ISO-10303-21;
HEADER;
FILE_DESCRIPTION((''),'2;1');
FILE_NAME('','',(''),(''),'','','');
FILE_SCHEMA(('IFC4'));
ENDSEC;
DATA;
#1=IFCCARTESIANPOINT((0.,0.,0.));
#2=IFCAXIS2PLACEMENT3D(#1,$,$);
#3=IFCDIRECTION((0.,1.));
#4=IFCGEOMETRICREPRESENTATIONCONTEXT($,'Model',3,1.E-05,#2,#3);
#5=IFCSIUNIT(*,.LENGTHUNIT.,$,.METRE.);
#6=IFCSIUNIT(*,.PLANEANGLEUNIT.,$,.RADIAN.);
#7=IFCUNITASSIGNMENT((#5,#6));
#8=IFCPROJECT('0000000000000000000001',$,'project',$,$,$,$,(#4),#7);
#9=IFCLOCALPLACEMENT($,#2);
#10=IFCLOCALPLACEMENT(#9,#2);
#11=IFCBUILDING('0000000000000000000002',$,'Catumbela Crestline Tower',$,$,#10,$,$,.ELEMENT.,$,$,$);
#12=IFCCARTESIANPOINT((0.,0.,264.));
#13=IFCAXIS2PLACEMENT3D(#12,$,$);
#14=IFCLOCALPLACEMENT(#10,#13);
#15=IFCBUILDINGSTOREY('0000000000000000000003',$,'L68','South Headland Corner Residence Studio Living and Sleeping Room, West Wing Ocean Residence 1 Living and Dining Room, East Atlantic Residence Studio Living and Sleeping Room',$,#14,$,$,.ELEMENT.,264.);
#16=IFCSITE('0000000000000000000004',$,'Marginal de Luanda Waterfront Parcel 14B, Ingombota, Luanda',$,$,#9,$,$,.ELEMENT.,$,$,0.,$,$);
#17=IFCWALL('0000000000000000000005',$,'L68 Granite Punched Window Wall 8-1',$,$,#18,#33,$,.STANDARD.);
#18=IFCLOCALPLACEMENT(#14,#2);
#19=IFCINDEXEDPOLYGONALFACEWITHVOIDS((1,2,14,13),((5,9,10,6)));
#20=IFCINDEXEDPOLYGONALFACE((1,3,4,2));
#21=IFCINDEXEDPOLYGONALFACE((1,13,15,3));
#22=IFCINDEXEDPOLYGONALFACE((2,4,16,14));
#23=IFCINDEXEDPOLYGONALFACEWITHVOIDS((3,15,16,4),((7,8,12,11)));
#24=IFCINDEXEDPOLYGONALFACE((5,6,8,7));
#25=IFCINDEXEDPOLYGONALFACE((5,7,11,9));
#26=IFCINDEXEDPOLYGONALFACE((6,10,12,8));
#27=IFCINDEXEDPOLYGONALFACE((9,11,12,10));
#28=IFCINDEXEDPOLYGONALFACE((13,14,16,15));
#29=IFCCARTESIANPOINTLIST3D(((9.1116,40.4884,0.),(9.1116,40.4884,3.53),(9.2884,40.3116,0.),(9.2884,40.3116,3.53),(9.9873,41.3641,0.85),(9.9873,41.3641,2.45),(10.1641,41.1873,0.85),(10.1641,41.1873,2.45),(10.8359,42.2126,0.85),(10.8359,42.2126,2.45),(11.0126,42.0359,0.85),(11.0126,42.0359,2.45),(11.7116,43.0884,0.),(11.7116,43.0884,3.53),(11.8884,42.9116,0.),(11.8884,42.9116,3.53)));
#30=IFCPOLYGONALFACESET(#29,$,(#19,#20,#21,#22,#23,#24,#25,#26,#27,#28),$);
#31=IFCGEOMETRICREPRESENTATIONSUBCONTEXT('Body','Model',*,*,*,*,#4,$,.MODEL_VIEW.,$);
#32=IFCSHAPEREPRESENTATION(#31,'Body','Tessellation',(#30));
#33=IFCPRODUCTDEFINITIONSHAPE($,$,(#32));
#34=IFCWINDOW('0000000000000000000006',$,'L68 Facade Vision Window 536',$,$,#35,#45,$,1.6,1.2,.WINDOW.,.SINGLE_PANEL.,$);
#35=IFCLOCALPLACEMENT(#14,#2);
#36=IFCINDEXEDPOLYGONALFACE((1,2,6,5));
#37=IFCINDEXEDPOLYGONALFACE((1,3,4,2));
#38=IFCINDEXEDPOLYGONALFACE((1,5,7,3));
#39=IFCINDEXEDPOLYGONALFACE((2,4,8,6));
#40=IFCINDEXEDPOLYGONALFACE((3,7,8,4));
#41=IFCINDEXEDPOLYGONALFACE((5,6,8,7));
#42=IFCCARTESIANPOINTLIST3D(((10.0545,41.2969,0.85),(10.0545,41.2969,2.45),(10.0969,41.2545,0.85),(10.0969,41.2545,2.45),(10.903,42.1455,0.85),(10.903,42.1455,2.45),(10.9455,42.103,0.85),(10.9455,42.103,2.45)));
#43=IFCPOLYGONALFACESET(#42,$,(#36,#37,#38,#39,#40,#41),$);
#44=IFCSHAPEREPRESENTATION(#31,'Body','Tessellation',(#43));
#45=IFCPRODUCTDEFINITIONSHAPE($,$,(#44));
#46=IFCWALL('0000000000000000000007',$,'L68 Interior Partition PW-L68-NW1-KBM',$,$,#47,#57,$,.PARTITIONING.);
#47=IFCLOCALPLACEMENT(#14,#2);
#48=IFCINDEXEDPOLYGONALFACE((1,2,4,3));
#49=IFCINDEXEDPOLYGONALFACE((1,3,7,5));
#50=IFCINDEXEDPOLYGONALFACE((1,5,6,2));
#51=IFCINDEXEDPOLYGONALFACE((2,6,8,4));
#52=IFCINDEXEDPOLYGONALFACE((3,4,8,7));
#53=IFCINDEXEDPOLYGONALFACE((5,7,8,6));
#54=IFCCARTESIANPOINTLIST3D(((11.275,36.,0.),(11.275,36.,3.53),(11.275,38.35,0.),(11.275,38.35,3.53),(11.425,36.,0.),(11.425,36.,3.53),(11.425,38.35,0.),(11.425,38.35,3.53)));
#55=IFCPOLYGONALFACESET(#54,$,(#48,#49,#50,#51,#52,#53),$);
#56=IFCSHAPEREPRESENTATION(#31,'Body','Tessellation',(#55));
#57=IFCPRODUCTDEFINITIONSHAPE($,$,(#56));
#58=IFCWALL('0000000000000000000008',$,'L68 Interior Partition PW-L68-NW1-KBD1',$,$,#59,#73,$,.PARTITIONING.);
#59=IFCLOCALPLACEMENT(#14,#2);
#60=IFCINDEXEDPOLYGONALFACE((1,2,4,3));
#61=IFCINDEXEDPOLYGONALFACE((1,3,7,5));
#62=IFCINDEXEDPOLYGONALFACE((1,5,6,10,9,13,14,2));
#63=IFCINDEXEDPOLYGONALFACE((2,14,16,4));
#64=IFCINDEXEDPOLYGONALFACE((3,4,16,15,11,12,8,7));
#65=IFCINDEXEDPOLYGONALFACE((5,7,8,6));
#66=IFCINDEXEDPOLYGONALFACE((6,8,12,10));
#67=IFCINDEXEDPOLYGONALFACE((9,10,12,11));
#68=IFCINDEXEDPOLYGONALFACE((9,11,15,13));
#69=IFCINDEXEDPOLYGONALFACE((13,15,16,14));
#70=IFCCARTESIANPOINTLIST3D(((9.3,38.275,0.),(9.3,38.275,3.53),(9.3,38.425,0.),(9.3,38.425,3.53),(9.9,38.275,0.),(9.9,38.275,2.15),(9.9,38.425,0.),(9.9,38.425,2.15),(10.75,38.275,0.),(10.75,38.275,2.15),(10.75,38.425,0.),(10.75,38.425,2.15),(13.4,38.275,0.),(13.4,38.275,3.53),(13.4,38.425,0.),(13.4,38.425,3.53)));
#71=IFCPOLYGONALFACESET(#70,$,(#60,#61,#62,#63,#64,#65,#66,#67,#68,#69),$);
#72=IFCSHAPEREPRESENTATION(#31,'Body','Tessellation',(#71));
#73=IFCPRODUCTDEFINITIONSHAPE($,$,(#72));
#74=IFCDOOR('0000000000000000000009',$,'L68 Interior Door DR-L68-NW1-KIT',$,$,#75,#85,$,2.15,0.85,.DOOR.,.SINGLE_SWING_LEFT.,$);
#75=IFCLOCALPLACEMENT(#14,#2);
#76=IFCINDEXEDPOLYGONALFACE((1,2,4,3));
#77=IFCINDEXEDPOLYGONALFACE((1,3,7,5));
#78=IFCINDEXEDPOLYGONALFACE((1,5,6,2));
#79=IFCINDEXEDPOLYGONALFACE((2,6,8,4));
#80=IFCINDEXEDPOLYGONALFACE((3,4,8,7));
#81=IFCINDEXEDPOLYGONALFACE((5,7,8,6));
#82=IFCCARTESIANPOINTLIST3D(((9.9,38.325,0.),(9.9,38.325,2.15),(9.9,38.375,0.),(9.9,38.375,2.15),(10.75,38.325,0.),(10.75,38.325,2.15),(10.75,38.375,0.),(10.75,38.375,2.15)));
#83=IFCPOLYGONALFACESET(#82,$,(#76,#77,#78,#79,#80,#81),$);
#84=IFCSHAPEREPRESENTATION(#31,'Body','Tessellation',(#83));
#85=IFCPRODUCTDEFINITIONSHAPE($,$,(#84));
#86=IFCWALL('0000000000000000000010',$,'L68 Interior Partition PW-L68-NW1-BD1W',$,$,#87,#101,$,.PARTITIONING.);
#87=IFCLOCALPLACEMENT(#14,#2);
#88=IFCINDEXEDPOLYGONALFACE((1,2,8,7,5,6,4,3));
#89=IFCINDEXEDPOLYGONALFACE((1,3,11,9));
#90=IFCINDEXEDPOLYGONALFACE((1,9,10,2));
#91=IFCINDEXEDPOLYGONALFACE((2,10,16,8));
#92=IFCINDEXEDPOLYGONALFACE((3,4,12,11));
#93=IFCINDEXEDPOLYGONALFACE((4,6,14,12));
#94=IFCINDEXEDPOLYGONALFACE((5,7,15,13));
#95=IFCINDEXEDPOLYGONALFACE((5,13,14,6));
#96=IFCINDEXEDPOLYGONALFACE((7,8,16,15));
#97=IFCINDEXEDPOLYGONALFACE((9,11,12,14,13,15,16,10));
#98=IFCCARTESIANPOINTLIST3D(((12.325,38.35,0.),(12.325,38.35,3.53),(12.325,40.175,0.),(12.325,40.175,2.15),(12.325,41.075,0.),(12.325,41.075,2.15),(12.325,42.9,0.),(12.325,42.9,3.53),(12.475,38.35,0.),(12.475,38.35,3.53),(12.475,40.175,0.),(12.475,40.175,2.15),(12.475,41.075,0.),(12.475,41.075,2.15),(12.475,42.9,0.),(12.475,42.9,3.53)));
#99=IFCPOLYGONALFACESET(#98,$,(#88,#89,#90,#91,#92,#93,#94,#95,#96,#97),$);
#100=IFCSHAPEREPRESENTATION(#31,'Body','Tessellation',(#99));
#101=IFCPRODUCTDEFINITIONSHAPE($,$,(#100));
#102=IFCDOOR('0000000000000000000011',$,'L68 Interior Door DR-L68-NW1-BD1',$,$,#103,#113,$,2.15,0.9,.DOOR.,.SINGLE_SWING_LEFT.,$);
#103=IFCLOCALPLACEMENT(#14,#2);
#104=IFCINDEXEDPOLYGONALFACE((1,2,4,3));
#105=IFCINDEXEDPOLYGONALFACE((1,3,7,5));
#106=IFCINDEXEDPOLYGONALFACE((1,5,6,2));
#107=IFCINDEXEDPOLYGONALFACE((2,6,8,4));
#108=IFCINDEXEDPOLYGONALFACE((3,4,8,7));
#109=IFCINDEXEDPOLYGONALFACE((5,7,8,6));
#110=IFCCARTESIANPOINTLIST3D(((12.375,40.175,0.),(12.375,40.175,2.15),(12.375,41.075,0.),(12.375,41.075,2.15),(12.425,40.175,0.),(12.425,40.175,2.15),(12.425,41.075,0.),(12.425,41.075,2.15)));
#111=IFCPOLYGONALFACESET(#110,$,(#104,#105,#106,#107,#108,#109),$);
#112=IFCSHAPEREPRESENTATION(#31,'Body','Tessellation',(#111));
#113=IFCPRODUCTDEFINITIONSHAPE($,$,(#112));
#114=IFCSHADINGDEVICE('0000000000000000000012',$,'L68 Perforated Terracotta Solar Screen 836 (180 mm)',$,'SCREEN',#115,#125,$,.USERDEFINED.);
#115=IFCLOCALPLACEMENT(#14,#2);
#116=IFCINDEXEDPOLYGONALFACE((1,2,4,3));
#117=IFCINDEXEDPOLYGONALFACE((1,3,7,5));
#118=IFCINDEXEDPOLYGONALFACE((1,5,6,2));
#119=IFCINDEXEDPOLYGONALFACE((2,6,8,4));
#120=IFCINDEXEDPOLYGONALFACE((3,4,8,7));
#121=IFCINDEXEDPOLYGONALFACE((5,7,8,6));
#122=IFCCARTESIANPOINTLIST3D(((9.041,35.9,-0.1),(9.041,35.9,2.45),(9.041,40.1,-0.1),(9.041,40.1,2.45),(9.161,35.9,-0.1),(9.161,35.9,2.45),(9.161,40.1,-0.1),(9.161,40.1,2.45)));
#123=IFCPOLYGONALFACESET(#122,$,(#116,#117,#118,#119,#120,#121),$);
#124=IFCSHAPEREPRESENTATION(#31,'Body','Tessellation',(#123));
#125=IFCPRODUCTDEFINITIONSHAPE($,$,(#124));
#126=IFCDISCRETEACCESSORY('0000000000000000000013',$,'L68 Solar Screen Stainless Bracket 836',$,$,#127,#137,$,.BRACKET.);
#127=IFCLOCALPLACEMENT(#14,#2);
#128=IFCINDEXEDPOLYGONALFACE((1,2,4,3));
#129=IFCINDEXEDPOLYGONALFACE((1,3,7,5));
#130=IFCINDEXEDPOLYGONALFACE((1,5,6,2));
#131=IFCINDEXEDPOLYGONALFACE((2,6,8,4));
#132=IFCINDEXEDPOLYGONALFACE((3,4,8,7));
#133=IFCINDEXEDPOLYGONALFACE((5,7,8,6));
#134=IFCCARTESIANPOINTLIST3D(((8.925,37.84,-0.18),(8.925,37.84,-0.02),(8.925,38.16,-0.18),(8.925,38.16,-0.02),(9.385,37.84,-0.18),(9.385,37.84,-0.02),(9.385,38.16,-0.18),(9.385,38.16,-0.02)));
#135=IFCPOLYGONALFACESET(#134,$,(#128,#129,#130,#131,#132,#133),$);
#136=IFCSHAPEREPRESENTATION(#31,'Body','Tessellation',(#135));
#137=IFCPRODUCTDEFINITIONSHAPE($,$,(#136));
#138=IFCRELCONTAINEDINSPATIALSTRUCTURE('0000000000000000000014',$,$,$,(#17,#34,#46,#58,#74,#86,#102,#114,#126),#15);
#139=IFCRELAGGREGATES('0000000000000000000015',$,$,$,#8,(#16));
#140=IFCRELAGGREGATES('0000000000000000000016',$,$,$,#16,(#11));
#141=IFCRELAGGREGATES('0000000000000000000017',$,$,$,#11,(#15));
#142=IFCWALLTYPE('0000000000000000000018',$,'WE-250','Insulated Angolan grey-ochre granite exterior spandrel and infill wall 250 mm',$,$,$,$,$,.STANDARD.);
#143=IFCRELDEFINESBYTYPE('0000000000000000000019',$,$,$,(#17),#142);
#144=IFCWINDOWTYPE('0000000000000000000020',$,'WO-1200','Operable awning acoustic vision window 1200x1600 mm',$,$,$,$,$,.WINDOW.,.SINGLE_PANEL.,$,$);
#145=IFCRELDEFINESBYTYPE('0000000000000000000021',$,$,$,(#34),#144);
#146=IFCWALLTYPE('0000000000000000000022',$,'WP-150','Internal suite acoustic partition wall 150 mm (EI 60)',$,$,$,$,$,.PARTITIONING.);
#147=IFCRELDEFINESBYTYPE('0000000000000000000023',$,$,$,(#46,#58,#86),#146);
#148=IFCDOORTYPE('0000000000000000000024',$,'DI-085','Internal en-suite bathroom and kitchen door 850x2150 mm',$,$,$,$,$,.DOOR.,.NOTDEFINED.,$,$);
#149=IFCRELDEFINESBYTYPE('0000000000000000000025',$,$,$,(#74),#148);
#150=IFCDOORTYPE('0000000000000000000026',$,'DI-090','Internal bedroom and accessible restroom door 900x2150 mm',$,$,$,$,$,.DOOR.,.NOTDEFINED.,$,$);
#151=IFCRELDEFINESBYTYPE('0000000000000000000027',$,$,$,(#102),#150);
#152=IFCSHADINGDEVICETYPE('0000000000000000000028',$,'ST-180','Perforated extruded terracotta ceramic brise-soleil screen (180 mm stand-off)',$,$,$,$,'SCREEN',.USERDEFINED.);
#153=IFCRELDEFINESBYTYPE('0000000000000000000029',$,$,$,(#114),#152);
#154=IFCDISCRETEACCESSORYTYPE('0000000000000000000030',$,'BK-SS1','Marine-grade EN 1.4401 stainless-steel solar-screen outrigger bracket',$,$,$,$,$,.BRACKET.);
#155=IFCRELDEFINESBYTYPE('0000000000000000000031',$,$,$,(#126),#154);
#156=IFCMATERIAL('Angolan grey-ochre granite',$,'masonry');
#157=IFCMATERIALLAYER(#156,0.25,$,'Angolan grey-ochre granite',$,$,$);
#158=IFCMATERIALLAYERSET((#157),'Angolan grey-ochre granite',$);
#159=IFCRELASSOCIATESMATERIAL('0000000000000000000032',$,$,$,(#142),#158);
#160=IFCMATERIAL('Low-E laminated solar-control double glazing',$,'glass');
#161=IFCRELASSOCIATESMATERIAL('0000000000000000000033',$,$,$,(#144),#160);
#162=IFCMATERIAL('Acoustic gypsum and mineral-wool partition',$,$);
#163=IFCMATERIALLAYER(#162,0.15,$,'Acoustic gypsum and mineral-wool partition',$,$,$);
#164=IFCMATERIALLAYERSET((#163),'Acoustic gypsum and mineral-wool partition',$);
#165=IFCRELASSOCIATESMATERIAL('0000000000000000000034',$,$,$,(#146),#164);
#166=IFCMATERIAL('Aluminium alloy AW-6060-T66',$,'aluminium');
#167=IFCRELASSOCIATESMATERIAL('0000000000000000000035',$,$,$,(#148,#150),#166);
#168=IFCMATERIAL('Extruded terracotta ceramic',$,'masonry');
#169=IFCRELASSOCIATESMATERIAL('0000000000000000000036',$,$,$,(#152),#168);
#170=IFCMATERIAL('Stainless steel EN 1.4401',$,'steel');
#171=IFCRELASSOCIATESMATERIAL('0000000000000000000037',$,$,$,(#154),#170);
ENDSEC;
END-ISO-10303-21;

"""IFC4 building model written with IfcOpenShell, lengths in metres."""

from ifc_helpers import new_model, si_unit, direction, frame, frame_2d, origin, origin_2d, place, context, subcontext, project, spatial, rectangle, extrude, material, layer, layer_set, type_object, element, fill, save


model = new_model("IFC4")

# Units and contexts
model_context = context("Model", 3, precision=1e-05, world=origin(), true_north=direction((0.0, 1.0)))
body_context = subcontext(model_context, "Body", "Model", "MODEL_VIEW")
ifc_project = project(units=[si_unit("LENGTHUNIT", "METRE"), si_unit("PLANEANGLEUNIT", "RADIAN")], contexts=[model_context])

# Site, building, storey
site_placement = place(None, origin())
site = spatial("IfcSite", under=ifc_project, at=site_placement, Name="Marginal de Luanda Waterfront Parcel 14B, Ingombota, Luanda", CompositionType="ELEMENT", RefElevation=0.0)
building_placement = place(site_placement, origin())
building = spatial("IfcBuilding", under=site, at=building_placement, Name="Catumbela Crestline Tower", CompositionType="ELEMENT")
storey_placement = place(building_placement, frame((0.0, 0.0, 264.0)))
storey = spatial("IfcBuildingStorey", under=building, at=storey_placement, Name="L68", Description="South Headland Corner Residence Studio Living and Sleeping Room, West Wing Ocean Residence 1 Living and Dining Room, East Atlantic Residence Studio Living and Sleeping Room", CompositionType="ELEMENT", Elevation=264.0)

# Shared definitions
ifc_material_1 = material(Name="Aluminium alloy AW-6060-T66", Category="aluminium")
ifc_material_2 = material(Name="Low-E laminated solar-control double glazing", Category="glass")

# Shared definitions
ifc_material_3 = material(Name="Acoustic gypsum and mineral-wool partition")

# Wall, opening, window
ifc_material_4 = material(Name="Angolan grey-ochre granite", Category="masonry")
ifc_layer_1 = layer(ifc_material_4, 0.25, Name="Angolan grey-ochre granite")
ifc_layer_set_1 = layer_set([ifc_layer_1], Name="Angolan grey-ochre granite")
wall_type_1 = type_object("IfcWallType", Name="WE-250", Description="Insulated Angolan grey-ochre granite exterior spandrel and infill wall 250 mm", PredefinedType="STANDARD", material=ifc_layer_set_1)
wall_1_placement = place(storey_placement, frame((11.8, 43.0, 0.0), z_axis=(0.0, 0.0, 1.0), x_axis=(-0.707107, -0.707107, 0.0)))
wall_1 = element("IfcWall", 1, at=wall_1_placement, inside=storey, type_object=wall_type_1, Name="L68 Granite Punched Window Wall 8-1", PredefinedType="STANDARD", context=body_context, shape_type="SweptSolid", body=[
    extrude(rectangle(XDim=3.677, YDim=0.25, at=frame_2d((1.8385, 0.0))), origin(), (0.0, 0.0, 1.0), 3.53),
])
opening_1_placement = place(wall_1_placement, frame((1.2385, 0.0, 0.85)))
opening_1 = element("IfcOpeningElement", 2, at=opening_1_placement, cuts=wall_1, PredefinedType="OPENING", context=body_context, shape_type="SweptSolid", body=[
    extrude(rectangle(XDim=1.2, YDim=1.6, at=frame_2d((0.6, 0.8))), frame((0.0, 0.135, 0.0), z_axis=(0.0, -1.0, 0.0), x_axis=(1.0, 0.0, 0.0)), (0.0, 0.0, 1.0), 0.27),
])
window_type = type_object("IfcWindowType", Name="WO-1200", Description="Operable awning acoustic vision window 1200x1600 mm", PartitioningType="SINGLE_PANEL", PredefinedType="WINDOW", material=ifc_material_2)
window_placement = place(opening_1_placement, origin())
window = element("IfcWindow", 3, at=window_placement, inside=storey, type_object=window_type, Name="L68 Facade Vision Window 536", OverallHeight=1.6, OverallWidth=1.2, PartitioningType="SINGLE_PANEL", PredefinedType="WINDOW", context=body_context, shape_type="SweptSolid", body=[
    extrude(rectangle(XDim=1.2, YDim=1.6, at=frame_2d((0.6, 0.8))), frame((0.0, 0.03, 0.0), z_axis=(0.0, -1.0, 0.0), x_axis=(1.0, 0.0, 0.0)), (0.0, 0.0, 1.0), 0.06),
])
fill(opening_1, window)

# Wall
ifc_layer_2 = layer(ifc_material_3, 0.15, Name="Acoustic gypsum and mineral-wool partition")
ifc_layer_set_2 = layer_set([ifc_layer_2], Name="Acoustic gypsum and mineral-wool partition")
wall_type_2 = type_object("IfcWallType", Name="WP-150", Description="Internal suite acoustic partition wall 150 mm (EI 60)", PredefinedType="PARTITIONING", material=ifc_layer_set_2)
wall_2_placement = place(storey_placement, frame((11.35, 36.0, 0.0), z_axis=(0.0, 0.0, 1.0), x_axis=(0.0, 1.0, 0.0)))
element("IfcWall", 4, at=wall_2_placement, inside=storey, type_object=wall_type_2, Name="L68 Interior Partition PW-L68-NW1-KBM", PredefinedType="PARTITIONING", context=body_context, shape_type="SweptSolid", body=[
    extrude(rectangle(XDim=2.35, YDim=0.15, at=frame_2d((1.175, 0.0))), origin(), (0.0, 0.0, 1.0), 3.53),
])

# Walls, openings, doors
wall_3_placement = place(storey_placement, frame((9.3, 38.35, 0.0), z_axis=(0.0, 0.0, 1.0), x_axis=(1.0, 0.0, 0.0)))
wall_3 = element("IfcWall", 5, at=wall_3_placement, inside=storey, type_object=wall_type_2, Name="L68 Interior Partition PW-L68-NW1-KBD1", PredefinedType="PARTITIONING", context=body_context, shape_type="SweptSolid", body=[
    extrude(rectangle(XDim=4.1, YDim=0.15, at=frame_2d((2.05, 0.0))), origin(), (0.0, 0.0, 1.0), 3.53),
])
opening_2_placement = place(wall_3_placement, frame((0.6, 0.0, 0.0)))
opening_2 = element("IfcOpeningElement", 6, at=opening_2_placement, cuts=wall_3, PredefinedType="OPENING", context=body_context, shape_type="SweptSolid", body=[
    extrude(rectangle(XDim=0.85, YDim=2.15, at=frame_2d((0.425, 1.075))), frame((0.0, 0.085, 0.0), z_axis=(0.0, -1.0, 0.0), x_axis=(1.0, 0.0, 0.0)), (0.0, 0.0, 1.0), 0.17),
])
door_type_1 = type_object("IfcDoorType", Name="DI-085", Description="Internal en-suite bathroom and kitchen door 850x2150 mm", OperationType="NOTDEFINED", PredefinedType="DOOR", material=ifc_material_1)
door_1_placement = place(opening_2_placement, origin())
door_1 = element("IfcDoor", 7, at=door_1_placement, inside=storey, type_object=door_type_1, Name="L68 Interior Door DR-L68-NW1-KIT", OperationType="SINGLE_SWING_LEFT", OverallHeight=2.15, OverallWidth=0.85, PredefinedType="DOOR", context=body_context, shape_type="SweptSolid", body=[
    extrude(rectangle(XDim=0.85, YDim=2.15, at=frame_2d((0.425, 1.075))), frame((0.0, 0.025, 0.0), z_axis=(0.0, -1.0, 0.0), x_axis=(1.0, 0.0, 0.0)), (0.0, 0.0, 1.0), 0.05),
])
fill(opening_2, door_1)
wall_4_placement = place(storey_placement, frame((12.4, 38.35, 0.0), z_axis=(0.0, 0.0, 1.0), x_axis=(0.0, 1.0, 0.0)))
wall_4 = element("IfcWall", 8, at=wall_4_placement, inside=storey, type_object=wall_type_2, Name="L68 Interior Partition PW-L68-NW1-BD1W", PredefinedType="PARTITIONING", context=body_context, shape_type="SweptSolid", body=[
    extrude(rectangle(XDim=4.55, YDim=0.15, at=frame_2d((2.275, 0.0))), origin(), (0.0, 0.0, 1.0), 3.53),
])
opening_3_placement = place(wall_4_placement, frame((1.825, 0.0, 0.0)))
opening_3 = element("IfcOpeningElement", 9, at=opening_3_placement, cuts=wall_4, PredefinedType="OPENING", context=body_context, shape_type="SweptSolid", body=[
    extrude(rectangle(XDim=0.9, YDim=2.15, at=frame_2d((0.45, 1.075))), frame((0.0, 0.085, 0.0), z_axis=(0.0, -1.0, 0.0), x_axis=(1.0, 0.0, 0.0)), (0.0, 0.0, 1.0), 0.17),
])
door_type_2 = type_object("IfcDoorType", Name="DI-090", Description="Internal bedroom and accessible restroom door 900x2150 mm", OperationType="NOTDEFINED", PredefinedType="DOOR", material=ifc_material_1)
door_2_placement = place(opening_3_placement, origin())
door_2 = element("IfcDoor", 10, at=door_2_placement, inside=storey, type_object=door_type_2, Name="L68 Interior Door DR-L68-NW1-BD1", OperationType="SINGLE_SWING_LEFT", OverallHeight=2.15, OverallWidth=0.9, PredefinedType="DOOR", context=body_context, shape_type="SweptSolid", body=[
    extrude(rectangle(XDim=0.9, YDim=2.15, at=frame_2d((0.45, 1.075))), frame((0.0, 0.025, 0.0), z_axis=(0.0, -1.0, 0.0), x_axis=(1.0, 0.0, 0.0)), (0.0, 0.0, 1.0), 0.05),
])
fill(opening_3, door_2)

# Shading device
ifc_material_5 = material(Name="Extruded terracotta ceramic", Category="masonry")
shading_device_type = type_object("IfcShadingDeviceType", Name="ST-180", Description="Perforated extruded terracotta ceramic brise-soleil screen (180 mm stand-off)", ElementType="SCREEN", PredefinedType="USERDEFINED", material=ifc_material_5)
shading_device_placement = place(storey_placement, frame((9.101, 38.0, -0.1), z_axis=(0.0, 0.0, 1.0), x_axis=(0.0, -1.0, 0.0)))
element("IfcShadingDevice", 11, at=shading_device_placement, inside=storey, type_object=shading_device_type, Name="L68 Perforated Terracotta Solar Screen 836 (180 mm)", ObjectType="SCREEN", PredefinedType="USERDEFINED", context=body_context, shape_type="SweptSolid", body=[
    extrude(rectangle(XDim=4.2, YDim=0.12, at=origin_2d()), origin(), (0.0, 0.0, 1.0), 2.55),
])

# Discrete accessory
ifc_material_6 = material(Name="Stainless steel EN 1.4401", Category="steel")
discrete_accessory_type = type_object("IfcDiscreteAccessoryType", Name="BK-SS1", Description="Marine-grade EN 1.4401 stainless-steel solar-screen outrigger bracket", PredefinedType="BRACKET", material=ifc_material_6)
discrete_accessory_placement = place(storey_placement, frame((9.155, 38.0, -0.18), z_axis=(0.0, 0.0, 1.0), x_axis=(0.0, -1.0, 0.0)))
element("IfcDiscreteAccessory", 12, at=discrete_accessory_placement, inside=storey, type_object=discrete_accessory_type, Name="L68 Solar Screen Stainless Bracket 836", PredefinedType="BRACKET", context=body_context, shape_type="SweptSolid", body=[
    extrude(rectangle(XDim=0.32, YDim=0.46, at=origin_2d()), origin(), (0.0, 0.0, 1.0), 0.16),
])

save(model, "model.ifc")
